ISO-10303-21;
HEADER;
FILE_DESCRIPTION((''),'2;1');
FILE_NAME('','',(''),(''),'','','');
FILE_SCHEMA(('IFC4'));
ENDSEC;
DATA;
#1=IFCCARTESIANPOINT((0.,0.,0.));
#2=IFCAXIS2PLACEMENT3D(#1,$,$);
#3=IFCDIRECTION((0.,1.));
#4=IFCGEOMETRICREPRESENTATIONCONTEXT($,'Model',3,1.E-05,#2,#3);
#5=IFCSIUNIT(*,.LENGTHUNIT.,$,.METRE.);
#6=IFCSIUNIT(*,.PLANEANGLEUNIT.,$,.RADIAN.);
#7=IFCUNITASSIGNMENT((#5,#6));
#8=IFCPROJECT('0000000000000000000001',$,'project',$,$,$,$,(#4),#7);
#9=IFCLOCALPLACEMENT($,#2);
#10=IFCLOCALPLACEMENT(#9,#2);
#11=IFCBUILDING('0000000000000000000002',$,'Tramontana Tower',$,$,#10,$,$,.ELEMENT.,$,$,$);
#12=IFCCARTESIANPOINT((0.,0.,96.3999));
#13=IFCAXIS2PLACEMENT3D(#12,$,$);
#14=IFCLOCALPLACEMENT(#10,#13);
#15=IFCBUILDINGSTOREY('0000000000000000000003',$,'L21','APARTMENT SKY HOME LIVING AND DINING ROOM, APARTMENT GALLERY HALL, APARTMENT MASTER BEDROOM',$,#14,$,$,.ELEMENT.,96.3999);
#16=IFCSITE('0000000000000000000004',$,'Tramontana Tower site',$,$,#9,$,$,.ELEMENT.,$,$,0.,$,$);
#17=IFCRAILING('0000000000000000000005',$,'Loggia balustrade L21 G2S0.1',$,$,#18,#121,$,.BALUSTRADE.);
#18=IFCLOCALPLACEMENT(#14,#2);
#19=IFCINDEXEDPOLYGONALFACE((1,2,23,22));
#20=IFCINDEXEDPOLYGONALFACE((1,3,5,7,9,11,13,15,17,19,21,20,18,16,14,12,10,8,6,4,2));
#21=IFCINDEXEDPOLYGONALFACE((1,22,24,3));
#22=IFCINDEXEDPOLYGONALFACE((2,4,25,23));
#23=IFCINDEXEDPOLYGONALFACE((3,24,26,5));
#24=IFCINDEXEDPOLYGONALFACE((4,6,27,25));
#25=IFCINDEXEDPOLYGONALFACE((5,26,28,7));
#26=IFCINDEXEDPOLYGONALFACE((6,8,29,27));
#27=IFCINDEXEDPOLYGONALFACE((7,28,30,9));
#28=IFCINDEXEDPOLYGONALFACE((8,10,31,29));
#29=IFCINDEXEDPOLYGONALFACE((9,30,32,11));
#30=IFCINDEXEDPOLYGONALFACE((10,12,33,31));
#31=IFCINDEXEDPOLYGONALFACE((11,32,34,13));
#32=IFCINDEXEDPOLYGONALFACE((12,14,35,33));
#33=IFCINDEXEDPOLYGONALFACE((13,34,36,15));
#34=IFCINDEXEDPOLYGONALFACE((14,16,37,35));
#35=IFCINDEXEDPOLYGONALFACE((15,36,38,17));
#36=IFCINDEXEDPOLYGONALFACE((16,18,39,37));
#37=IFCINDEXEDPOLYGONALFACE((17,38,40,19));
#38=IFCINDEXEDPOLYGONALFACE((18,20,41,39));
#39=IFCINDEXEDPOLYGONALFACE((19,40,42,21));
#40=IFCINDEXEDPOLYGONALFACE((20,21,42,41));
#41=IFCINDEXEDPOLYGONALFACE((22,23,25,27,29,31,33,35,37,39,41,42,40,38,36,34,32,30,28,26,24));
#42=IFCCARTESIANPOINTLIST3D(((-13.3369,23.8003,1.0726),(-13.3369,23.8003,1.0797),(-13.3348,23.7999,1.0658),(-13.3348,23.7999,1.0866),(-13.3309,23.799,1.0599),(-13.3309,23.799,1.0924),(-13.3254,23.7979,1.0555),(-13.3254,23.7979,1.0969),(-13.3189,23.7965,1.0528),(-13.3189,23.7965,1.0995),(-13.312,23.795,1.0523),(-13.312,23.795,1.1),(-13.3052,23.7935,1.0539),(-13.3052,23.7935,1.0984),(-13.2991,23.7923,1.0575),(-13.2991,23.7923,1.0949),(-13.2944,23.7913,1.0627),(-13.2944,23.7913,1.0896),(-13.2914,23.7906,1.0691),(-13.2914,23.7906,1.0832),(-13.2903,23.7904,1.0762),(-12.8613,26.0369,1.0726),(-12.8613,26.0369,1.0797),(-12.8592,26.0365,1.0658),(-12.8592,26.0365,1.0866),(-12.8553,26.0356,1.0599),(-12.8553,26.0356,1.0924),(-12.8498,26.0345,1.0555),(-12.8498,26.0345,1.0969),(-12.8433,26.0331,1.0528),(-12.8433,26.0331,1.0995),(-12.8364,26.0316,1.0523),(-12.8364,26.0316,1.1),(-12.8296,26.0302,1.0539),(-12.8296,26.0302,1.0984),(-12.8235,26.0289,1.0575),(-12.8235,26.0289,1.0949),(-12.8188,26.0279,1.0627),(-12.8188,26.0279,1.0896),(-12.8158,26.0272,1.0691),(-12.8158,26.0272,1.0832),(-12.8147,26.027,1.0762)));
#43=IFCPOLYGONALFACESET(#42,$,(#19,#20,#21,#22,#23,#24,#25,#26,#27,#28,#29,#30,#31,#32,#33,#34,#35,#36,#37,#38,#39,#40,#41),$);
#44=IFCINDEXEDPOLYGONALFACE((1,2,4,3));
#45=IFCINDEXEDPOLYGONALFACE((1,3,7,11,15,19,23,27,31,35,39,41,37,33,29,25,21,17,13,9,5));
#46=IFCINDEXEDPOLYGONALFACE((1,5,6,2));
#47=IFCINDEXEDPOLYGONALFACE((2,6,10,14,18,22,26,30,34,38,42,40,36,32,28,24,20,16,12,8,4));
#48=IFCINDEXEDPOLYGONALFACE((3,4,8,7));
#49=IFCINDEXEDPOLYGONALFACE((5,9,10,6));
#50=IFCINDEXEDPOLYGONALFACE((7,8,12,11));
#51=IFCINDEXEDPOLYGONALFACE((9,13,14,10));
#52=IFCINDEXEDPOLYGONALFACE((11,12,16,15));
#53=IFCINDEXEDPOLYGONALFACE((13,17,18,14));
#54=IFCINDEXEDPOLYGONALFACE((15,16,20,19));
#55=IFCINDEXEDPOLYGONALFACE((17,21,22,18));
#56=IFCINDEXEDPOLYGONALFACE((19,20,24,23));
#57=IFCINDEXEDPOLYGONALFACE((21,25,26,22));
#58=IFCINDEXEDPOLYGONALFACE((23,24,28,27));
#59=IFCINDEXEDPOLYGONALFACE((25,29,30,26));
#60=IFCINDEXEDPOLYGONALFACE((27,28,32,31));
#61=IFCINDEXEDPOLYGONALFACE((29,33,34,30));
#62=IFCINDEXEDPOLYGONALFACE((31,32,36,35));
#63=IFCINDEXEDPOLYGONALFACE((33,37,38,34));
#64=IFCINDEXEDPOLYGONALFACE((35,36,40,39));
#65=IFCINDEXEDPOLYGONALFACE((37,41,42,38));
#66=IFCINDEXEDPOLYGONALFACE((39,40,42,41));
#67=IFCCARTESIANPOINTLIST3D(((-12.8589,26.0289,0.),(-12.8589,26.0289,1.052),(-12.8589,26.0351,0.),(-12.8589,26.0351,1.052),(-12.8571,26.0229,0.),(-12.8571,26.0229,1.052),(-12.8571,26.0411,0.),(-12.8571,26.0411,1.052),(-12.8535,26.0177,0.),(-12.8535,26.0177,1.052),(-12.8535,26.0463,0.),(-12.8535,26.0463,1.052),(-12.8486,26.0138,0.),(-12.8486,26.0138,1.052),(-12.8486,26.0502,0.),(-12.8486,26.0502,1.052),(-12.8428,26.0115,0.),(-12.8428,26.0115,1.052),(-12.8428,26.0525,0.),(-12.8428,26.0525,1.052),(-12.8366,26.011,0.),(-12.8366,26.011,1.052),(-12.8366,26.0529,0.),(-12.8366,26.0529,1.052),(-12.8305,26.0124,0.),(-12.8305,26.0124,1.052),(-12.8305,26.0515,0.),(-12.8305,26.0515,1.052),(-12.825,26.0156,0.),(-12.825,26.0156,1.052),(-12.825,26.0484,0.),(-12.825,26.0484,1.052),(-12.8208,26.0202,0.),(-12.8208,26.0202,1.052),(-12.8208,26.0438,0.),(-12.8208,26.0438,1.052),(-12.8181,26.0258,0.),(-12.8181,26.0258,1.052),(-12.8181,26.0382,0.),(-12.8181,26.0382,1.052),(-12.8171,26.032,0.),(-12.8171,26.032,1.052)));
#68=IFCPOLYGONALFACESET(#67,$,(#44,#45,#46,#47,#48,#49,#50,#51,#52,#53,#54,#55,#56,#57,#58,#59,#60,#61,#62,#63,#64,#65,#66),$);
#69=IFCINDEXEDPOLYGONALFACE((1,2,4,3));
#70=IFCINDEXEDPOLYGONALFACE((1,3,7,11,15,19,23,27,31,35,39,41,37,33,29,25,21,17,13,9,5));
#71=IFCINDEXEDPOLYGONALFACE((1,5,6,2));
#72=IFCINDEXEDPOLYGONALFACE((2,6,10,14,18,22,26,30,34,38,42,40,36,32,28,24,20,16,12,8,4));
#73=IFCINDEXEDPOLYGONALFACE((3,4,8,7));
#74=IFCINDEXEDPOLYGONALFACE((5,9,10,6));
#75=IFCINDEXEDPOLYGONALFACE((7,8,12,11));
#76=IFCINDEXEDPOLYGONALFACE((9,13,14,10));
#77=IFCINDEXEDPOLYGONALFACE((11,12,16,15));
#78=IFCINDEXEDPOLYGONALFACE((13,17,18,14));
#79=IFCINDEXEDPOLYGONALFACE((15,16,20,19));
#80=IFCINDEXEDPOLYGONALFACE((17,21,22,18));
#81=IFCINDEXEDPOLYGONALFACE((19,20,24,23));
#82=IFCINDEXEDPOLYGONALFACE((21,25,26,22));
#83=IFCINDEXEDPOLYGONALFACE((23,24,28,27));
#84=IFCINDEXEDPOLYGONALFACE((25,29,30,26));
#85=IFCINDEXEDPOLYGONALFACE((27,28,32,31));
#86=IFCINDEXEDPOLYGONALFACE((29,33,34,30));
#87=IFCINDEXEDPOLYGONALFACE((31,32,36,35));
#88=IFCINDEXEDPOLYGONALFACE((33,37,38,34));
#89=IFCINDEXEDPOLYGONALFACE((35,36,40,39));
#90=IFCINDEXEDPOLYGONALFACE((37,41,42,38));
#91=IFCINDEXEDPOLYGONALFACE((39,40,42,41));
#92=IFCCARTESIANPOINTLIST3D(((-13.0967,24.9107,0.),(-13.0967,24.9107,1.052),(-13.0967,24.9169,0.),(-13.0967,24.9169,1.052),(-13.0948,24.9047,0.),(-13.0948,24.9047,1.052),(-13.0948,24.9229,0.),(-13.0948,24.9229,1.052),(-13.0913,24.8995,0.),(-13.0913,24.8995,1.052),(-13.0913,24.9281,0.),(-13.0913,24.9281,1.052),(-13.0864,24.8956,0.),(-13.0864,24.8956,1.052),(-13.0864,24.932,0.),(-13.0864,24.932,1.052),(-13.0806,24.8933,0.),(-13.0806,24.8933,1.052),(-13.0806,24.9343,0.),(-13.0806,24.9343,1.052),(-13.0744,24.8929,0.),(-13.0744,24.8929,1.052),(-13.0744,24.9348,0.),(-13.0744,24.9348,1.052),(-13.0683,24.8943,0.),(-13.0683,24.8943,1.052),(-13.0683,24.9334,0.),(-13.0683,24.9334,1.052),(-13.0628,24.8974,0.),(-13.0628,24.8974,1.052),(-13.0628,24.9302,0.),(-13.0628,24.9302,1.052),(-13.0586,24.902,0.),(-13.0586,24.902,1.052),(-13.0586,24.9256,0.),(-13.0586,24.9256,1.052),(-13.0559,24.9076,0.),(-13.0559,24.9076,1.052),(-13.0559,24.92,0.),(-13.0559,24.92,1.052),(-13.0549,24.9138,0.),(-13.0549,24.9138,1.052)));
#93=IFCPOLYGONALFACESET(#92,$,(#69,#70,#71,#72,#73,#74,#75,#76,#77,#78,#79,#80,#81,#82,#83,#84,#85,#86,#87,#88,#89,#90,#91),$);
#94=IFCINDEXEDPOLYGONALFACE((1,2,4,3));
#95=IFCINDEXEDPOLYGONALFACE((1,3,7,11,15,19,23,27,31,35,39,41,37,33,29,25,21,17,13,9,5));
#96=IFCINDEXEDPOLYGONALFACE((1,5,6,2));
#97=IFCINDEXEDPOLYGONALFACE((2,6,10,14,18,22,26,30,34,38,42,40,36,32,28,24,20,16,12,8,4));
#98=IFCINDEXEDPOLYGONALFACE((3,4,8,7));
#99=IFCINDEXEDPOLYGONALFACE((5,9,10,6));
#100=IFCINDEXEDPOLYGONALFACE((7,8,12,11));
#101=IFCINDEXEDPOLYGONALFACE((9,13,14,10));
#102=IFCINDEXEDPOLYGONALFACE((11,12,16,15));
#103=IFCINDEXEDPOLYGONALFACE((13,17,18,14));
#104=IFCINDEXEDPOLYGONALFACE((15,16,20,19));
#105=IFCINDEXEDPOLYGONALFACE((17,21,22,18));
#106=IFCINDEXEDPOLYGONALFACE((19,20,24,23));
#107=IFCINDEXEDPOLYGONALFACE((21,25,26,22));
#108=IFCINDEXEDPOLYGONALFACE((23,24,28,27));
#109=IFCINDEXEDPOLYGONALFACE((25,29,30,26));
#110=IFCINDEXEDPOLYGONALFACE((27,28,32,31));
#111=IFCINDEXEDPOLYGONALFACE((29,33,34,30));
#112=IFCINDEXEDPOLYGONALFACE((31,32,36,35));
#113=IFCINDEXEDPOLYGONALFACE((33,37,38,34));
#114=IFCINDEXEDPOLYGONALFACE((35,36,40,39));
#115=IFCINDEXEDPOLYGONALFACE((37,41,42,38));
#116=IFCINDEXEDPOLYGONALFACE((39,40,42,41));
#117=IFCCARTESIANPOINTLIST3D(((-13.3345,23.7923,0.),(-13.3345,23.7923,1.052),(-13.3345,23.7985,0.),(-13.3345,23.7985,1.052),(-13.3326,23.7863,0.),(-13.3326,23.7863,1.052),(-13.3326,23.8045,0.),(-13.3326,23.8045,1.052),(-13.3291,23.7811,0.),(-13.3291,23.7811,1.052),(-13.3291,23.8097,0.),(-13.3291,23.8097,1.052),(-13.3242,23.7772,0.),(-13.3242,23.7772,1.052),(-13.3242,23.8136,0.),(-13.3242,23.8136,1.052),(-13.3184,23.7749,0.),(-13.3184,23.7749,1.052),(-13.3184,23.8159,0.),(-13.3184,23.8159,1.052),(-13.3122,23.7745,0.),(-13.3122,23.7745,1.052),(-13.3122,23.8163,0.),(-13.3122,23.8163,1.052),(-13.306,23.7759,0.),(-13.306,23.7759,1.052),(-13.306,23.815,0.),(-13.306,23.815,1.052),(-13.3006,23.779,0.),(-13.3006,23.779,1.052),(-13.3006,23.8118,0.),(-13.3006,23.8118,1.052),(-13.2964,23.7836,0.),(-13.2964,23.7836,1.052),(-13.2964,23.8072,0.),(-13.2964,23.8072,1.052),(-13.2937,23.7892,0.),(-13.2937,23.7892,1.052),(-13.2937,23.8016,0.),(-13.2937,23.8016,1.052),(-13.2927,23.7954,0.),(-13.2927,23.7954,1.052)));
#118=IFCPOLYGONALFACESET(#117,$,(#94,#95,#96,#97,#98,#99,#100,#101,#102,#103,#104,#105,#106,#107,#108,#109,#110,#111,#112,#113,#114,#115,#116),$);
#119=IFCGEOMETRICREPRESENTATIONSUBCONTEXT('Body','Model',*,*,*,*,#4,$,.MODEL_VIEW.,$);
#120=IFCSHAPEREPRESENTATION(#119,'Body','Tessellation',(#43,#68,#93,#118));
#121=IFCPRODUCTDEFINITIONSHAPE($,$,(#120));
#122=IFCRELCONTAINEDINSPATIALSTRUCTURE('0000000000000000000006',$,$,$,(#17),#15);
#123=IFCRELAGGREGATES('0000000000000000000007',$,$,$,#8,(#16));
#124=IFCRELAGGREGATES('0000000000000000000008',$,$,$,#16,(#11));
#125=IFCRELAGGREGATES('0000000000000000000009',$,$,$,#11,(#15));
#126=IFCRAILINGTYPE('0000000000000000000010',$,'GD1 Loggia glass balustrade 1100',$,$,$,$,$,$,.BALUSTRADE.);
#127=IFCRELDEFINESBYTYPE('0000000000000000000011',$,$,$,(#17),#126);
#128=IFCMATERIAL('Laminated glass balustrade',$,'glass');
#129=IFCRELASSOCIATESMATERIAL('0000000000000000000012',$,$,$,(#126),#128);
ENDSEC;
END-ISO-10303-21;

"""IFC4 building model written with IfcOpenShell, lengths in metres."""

from ifc_helpers import new_model, si_unit, direction, frame, origin, origin_2d, place, context, subcontext, project, spatial, circle, extrude, material, type_object, element, save


model = new_model("IFC4")

# Units and contexts
model_context = context("Model", 3, precision=1e-05, world=origin(), true_north=direction((0.0, 1.0)))
body_context = subcontext(model_context, "Body", "Model", "MODEL_VIEW")
ifc_project = project(units=[si_unit("LENGTHUNIT", "METRE"), si_unit("PLANEANGLEUNIT", "RADIAN")], contexts=[model_context])

# Site, building, storey
site_placement = place(None, origin())
site = spatial("IfcSite", under=ifc_project, at=site_placement, Name="Tramontana Tower site", CompositionType="ELEMENT", RefElevation=0.0)
building_placement = place(site_placement, origin())
building = spatial("IfcBuilding", under=site, at=building_placement, Name="Tramontana Tower", CompositionType="ELEMENT")
storey_placement = place(building_placement, frame((0.0, 0.0, 96.3999)))
storey = spatial("IfcBuildingStorey", under=building, at=storey_placement, Name="L21", Description="APARTMENT SKY HOME LIVING AND DINING ROOM, APARTMENT GALLERY HALL, APARTMENT MASTER BEDROOM", CompositionType="ELEMENT", Elevation=96.3999)

# Railing
ifc_material_1 = material(Name="Laminated glass balustrade", Category="glass")
railing_type = type_object("IfcRailingType", Name="GD1 Loggia glass balustrade 1100", PredefinedType="BALUSTRADE", material=ifc_material_1)
railing_1_placement = place(storey_placement, frame((-12.8381, 26.032, 0.0)))
element("IfcRailing", 1, at=railing_1_placement, inside=storey, type_object=railing_type, Name="Loggia balustrade L21 G2S0.1", PredefinedType="BALUSTRADE", context=body_context, shape_type="SweptSolid", body=[
    extrude(circle(Radius=0.0239, at=origin_2d()), frame((0.0, 0.0, 1.0762), z_axis=(-0.20799, -0.978131, 0.0), x_axis=(0.978131, -0.20799, 0.0)), (0.0, 0.0, 1.0), 2.2866),
    extrude(circle(Radius=0.021, at=origin_2d()), origin(), (0.0, 0.0, 1.0), 1.052),
    extrude(circle(Radius=0.021, at=origin_2d()), frame((-0.2378, -1.1182, 0.0)), (0.0, 0.0, 1.0), 1.052),
    extrude(circle(Radius=0.021, at=origin_2d()), frame((-0.4756, -2.2366, 0.0)), (0.0, 0.0, 1.0), 1.052),
])

save(model, "model.ifc")
